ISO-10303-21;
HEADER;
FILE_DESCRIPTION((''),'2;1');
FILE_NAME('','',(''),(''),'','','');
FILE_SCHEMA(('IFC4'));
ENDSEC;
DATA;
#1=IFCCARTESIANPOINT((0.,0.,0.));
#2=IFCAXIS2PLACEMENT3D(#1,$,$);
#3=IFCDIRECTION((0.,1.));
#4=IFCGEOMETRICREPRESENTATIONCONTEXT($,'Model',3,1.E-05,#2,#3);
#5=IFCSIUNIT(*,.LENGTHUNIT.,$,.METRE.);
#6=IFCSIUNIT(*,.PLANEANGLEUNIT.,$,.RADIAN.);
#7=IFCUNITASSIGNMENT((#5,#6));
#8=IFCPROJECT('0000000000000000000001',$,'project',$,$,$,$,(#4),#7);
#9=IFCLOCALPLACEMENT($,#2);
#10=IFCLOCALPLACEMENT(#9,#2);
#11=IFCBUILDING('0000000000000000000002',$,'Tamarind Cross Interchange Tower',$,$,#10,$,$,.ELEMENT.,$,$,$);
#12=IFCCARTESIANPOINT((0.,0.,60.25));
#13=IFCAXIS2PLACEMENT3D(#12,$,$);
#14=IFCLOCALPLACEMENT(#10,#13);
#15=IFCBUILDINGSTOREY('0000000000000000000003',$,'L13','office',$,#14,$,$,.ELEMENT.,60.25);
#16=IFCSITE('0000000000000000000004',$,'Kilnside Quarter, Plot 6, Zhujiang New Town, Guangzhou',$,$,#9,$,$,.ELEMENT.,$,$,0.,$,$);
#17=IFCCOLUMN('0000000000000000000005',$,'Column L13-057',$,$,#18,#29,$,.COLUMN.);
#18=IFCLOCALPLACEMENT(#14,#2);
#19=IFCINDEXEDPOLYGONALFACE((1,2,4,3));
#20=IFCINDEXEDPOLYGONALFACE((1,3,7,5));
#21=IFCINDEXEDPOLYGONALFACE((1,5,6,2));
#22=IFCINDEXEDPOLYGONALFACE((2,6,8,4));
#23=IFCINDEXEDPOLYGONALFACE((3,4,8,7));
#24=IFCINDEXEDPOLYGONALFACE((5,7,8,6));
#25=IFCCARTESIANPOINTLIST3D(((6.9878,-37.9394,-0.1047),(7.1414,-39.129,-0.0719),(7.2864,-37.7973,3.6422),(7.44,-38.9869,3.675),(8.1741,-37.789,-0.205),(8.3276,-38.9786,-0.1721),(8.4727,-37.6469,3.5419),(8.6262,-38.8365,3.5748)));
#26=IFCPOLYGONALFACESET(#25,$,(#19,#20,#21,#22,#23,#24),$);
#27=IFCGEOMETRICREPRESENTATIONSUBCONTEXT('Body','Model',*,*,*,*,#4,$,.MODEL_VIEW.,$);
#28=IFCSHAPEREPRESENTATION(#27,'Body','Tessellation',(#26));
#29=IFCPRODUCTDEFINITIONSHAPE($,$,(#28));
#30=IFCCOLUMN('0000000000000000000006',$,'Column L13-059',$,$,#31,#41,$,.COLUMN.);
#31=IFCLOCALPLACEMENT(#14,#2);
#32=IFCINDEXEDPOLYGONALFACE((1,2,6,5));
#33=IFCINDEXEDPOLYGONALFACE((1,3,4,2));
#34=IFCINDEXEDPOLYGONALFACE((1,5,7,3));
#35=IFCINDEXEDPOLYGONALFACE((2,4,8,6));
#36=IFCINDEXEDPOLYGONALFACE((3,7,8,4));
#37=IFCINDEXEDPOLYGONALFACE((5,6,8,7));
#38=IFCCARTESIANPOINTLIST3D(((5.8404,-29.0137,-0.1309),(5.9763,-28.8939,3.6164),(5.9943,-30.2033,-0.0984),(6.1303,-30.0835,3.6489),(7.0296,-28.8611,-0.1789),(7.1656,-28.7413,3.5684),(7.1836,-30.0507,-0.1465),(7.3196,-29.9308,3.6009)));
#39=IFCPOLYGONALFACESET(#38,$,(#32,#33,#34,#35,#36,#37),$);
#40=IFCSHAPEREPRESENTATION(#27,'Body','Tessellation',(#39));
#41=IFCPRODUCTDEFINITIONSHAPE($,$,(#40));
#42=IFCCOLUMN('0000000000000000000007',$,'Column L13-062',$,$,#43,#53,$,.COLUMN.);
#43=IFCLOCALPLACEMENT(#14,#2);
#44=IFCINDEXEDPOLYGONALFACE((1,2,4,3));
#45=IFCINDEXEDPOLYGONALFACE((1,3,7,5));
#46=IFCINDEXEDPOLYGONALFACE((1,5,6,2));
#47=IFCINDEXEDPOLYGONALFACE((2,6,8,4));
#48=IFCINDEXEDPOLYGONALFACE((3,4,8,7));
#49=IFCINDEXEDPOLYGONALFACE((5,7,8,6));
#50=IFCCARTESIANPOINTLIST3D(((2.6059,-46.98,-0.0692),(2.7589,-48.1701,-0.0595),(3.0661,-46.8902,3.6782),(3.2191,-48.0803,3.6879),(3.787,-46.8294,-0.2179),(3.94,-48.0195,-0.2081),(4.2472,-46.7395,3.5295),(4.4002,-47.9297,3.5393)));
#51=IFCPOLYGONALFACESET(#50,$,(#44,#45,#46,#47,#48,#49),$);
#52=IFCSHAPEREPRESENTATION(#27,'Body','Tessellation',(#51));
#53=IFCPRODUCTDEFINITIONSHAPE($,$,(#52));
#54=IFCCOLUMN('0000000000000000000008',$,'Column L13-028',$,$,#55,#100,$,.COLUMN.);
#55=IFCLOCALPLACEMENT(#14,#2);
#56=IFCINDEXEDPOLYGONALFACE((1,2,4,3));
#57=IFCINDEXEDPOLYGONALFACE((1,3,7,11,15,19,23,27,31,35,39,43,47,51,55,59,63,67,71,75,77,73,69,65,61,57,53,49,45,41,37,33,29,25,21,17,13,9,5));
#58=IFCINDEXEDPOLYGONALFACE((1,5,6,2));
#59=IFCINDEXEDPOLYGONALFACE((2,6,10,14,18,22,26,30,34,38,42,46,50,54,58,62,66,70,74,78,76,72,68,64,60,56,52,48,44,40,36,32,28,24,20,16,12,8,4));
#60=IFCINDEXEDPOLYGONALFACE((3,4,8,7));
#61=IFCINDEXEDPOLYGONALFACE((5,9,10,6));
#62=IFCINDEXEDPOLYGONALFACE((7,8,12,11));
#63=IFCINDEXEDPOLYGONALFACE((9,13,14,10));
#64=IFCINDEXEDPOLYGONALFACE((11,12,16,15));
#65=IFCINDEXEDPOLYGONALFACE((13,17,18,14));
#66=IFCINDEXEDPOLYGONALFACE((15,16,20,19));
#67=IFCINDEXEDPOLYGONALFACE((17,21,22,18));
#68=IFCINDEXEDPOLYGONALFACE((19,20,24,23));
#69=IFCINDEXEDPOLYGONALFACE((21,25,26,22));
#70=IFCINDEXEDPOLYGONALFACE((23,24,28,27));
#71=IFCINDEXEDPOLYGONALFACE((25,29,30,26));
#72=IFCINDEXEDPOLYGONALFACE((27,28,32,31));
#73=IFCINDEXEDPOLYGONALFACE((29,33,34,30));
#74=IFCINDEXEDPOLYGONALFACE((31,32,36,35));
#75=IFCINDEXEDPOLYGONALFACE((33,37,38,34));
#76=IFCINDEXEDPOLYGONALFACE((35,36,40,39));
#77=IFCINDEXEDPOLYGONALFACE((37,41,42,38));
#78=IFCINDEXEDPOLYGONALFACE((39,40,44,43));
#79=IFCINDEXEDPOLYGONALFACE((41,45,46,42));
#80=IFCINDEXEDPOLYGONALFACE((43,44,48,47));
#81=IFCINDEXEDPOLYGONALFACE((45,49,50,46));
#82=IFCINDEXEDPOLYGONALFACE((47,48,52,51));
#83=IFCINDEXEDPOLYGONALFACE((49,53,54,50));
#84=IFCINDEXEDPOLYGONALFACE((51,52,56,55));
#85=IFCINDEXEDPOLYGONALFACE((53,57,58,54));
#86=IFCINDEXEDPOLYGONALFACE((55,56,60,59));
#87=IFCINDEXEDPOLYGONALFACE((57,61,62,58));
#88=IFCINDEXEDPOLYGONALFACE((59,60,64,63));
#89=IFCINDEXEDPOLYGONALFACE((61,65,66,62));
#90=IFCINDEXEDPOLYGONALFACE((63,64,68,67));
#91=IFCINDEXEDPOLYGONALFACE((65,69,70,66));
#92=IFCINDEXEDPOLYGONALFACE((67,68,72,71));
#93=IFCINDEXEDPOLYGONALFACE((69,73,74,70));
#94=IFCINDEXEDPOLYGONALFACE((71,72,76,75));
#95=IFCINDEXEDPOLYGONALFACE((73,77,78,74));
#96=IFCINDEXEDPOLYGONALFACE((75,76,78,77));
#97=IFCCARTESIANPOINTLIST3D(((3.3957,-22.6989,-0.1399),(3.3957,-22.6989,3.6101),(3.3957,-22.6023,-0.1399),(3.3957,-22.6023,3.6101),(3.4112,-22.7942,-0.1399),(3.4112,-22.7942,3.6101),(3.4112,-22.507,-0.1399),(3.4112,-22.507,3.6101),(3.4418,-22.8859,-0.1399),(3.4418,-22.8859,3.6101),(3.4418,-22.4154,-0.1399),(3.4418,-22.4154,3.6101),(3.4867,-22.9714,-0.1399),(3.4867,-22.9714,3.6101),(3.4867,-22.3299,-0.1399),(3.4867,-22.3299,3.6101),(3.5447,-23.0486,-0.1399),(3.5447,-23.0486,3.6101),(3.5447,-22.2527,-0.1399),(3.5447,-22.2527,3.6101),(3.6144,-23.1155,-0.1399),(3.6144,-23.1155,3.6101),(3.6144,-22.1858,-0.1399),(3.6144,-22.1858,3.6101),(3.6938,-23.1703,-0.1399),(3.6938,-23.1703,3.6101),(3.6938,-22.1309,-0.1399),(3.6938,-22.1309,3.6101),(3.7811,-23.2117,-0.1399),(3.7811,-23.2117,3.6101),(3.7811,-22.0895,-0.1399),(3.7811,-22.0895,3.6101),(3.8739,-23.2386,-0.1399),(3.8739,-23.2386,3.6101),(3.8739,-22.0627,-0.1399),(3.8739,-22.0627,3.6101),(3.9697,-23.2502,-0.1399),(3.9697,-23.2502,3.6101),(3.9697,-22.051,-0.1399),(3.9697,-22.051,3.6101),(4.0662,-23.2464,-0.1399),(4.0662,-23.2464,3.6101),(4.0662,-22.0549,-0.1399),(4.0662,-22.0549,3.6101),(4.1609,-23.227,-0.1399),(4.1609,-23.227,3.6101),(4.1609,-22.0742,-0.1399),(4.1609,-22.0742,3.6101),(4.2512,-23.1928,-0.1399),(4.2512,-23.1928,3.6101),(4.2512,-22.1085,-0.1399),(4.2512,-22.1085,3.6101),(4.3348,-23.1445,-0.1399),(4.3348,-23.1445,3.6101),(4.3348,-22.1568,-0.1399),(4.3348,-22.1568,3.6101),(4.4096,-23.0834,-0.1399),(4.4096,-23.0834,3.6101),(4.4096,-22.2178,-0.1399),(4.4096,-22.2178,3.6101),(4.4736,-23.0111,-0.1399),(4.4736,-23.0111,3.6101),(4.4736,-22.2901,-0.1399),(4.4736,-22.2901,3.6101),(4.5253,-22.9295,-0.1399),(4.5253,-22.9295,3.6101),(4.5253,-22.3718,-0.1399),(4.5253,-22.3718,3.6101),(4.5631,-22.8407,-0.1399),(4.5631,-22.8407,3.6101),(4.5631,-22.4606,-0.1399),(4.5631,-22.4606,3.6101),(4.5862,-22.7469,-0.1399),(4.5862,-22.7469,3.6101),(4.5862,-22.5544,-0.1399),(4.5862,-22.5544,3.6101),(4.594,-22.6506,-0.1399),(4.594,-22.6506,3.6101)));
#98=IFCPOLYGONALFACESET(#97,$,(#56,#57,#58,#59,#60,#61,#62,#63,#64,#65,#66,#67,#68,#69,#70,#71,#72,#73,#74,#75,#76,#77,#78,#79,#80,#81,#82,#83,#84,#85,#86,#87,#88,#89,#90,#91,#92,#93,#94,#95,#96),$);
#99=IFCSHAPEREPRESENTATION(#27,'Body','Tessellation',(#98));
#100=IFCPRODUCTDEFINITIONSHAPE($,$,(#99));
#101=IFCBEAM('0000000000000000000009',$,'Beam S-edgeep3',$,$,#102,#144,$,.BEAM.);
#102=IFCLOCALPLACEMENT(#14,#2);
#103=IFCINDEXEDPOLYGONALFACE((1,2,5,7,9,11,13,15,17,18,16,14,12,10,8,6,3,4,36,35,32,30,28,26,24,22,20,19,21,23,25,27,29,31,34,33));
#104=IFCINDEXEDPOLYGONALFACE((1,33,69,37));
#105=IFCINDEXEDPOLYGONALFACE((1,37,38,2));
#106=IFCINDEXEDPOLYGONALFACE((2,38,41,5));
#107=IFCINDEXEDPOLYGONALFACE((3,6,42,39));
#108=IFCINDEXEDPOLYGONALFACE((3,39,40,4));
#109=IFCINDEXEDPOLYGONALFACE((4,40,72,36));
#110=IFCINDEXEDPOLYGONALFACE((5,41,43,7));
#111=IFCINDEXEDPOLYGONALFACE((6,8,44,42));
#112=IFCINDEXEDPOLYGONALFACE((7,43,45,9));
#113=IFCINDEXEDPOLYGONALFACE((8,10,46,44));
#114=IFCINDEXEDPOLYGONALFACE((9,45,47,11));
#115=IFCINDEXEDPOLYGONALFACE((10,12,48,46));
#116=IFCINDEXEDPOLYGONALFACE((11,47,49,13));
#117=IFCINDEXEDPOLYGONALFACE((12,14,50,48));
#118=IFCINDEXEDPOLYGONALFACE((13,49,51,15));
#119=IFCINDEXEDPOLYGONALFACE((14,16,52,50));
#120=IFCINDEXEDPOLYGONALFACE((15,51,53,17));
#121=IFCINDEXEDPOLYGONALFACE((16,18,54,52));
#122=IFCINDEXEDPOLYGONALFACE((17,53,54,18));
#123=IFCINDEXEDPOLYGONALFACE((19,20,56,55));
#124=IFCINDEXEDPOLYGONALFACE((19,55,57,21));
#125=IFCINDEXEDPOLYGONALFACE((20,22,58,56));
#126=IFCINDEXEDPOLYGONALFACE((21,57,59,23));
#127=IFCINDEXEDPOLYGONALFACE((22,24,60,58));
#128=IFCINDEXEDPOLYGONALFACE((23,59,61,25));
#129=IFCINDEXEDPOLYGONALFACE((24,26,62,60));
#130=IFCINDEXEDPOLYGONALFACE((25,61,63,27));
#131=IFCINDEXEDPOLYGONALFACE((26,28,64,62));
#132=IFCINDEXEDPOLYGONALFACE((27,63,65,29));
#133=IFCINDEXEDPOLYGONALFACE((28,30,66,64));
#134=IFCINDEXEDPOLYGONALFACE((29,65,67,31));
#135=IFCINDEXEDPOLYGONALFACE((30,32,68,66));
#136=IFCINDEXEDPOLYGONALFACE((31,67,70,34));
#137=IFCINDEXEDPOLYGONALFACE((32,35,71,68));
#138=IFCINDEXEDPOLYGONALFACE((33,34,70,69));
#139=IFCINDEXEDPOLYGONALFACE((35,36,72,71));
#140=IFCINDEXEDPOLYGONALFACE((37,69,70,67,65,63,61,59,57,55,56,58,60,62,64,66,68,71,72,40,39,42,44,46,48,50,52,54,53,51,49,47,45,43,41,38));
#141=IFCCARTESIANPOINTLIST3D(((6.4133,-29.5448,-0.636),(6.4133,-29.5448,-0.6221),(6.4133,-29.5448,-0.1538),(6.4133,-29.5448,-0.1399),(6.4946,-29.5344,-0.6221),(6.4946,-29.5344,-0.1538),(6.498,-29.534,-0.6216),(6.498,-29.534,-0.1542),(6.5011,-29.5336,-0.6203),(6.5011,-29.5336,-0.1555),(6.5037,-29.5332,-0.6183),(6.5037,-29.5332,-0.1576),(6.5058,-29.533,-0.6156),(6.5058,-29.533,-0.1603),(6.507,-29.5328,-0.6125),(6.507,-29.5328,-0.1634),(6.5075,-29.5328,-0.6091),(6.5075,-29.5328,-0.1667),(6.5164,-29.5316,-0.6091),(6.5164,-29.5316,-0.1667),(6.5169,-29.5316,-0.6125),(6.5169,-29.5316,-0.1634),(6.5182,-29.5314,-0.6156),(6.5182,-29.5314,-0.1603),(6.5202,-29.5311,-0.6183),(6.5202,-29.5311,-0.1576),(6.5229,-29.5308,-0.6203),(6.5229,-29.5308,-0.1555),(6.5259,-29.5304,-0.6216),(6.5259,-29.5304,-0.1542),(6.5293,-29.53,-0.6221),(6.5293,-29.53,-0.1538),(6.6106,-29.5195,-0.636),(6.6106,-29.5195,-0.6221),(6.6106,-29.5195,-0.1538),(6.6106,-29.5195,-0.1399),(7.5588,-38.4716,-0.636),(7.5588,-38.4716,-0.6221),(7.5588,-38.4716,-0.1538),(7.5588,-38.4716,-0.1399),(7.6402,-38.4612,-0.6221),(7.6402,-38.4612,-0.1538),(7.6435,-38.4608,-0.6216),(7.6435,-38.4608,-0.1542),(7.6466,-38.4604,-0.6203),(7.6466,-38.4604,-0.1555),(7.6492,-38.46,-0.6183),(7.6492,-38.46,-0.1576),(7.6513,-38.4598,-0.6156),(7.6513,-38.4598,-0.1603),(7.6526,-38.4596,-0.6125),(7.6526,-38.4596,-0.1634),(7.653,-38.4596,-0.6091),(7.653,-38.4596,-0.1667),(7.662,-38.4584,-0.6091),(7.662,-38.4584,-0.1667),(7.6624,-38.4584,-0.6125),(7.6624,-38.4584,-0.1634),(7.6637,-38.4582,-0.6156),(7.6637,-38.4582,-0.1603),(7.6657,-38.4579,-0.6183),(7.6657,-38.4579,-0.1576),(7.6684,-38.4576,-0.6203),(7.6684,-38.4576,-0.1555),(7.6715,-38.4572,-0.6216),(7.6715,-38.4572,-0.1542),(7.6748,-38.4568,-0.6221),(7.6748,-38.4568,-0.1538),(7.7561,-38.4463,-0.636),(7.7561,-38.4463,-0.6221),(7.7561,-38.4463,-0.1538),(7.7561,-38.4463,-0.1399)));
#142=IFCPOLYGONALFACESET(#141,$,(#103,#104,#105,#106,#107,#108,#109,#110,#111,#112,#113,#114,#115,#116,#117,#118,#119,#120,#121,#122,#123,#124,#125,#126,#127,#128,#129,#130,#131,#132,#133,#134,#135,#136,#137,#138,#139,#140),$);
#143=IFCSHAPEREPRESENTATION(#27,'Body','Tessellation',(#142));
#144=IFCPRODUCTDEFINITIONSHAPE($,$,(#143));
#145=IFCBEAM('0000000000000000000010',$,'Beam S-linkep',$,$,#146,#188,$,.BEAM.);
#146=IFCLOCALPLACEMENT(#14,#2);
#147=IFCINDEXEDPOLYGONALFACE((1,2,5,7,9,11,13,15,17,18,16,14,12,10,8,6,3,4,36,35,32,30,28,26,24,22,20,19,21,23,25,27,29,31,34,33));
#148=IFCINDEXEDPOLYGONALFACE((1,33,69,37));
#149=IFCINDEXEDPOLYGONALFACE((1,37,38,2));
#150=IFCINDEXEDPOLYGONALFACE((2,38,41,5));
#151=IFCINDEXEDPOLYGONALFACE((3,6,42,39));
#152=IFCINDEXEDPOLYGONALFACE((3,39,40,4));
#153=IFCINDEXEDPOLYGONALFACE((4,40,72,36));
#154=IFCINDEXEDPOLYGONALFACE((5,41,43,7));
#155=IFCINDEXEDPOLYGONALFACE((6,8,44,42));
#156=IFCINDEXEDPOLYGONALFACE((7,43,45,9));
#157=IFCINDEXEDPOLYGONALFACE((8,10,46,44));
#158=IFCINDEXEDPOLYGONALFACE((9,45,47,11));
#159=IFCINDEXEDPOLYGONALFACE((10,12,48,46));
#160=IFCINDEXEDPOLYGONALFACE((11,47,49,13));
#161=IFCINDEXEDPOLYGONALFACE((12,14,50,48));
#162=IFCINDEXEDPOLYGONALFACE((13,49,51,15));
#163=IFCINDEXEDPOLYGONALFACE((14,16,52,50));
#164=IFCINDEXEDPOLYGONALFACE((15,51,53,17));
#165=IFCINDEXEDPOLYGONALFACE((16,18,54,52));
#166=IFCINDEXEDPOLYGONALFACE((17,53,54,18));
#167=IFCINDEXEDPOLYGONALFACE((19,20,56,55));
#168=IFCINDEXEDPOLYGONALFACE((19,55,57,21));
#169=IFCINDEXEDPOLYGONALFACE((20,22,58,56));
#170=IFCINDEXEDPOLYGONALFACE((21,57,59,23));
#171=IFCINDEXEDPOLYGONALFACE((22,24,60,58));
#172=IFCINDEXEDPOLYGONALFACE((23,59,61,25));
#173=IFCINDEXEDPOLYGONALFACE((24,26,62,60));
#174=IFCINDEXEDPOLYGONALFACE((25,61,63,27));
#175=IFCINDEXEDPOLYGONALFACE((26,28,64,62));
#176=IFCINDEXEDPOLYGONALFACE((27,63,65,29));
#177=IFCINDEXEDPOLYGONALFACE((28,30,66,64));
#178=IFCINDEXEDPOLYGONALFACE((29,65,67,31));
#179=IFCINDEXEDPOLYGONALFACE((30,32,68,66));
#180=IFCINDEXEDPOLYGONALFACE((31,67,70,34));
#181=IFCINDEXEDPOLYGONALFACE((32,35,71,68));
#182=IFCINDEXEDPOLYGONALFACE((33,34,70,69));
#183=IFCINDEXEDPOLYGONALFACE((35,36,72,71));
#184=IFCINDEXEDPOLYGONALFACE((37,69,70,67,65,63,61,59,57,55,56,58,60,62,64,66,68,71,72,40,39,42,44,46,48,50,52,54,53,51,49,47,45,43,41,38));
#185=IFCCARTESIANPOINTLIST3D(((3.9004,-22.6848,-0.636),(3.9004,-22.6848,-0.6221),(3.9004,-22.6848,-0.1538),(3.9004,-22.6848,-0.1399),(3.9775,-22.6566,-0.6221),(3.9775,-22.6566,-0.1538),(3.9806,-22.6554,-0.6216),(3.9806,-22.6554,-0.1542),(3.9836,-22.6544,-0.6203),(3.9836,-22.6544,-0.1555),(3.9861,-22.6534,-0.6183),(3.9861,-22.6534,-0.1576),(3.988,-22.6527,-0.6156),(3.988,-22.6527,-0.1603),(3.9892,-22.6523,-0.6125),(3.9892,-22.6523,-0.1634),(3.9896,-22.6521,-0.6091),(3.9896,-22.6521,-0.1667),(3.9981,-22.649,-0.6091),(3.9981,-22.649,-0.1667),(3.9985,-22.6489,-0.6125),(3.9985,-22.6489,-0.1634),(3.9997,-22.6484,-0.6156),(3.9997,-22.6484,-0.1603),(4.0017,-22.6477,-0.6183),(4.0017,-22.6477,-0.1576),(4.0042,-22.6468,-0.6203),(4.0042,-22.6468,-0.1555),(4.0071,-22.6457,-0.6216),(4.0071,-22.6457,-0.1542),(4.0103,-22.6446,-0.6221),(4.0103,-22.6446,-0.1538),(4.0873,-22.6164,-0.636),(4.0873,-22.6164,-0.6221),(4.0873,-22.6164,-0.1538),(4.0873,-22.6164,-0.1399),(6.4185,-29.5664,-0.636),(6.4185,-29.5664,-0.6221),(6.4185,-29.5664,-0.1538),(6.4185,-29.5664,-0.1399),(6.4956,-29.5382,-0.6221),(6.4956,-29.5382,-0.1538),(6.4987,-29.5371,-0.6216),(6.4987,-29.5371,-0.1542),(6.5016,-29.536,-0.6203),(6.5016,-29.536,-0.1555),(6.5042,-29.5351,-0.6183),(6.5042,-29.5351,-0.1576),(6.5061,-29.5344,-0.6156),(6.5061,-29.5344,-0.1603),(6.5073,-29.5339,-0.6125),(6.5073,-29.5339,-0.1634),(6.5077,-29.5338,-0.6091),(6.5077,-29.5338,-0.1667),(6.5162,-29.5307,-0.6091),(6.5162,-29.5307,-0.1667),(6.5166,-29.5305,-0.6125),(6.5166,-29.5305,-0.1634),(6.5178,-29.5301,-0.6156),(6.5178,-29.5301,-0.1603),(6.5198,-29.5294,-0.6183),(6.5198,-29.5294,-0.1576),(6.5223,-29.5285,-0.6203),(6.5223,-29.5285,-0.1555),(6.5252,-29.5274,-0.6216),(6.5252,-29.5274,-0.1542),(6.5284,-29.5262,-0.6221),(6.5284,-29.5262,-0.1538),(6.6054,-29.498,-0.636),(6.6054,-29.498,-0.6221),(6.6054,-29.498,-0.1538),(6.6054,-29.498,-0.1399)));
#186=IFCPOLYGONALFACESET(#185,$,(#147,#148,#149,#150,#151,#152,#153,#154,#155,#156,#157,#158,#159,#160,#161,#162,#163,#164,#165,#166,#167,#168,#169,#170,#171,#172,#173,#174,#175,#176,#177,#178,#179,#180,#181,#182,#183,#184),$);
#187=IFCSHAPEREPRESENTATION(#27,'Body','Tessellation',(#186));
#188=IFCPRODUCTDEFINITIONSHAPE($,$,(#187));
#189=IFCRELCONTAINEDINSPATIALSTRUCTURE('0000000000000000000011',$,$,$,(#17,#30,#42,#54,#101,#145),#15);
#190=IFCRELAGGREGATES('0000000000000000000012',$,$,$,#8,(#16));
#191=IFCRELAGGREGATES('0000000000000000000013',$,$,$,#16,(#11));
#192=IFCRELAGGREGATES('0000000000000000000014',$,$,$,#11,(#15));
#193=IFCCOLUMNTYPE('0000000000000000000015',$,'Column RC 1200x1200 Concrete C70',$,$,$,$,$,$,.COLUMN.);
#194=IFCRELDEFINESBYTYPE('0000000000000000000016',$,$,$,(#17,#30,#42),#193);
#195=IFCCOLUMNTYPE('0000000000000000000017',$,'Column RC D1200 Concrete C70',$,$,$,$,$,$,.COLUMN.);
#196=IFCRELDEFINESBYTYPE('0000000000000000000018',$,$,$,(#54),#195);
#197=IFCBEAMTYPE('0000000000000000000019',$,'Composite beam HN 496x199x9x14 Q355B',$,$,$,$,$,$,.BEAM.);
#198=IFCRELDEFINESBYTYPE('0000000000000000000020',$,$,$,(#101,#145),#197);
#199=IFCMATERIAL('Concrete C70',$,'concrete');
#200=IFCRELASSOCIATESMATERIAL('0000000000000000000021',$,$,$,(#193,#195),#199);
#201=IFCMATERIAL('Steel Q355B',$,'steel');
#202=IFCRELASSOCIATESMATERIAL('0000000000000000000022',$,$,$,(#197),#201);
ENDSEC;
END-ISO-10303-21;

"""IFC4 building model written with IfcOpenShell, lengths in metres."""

from ifc_helpers import new_model, si_unit, direction, frame, origin, origin_2d, place, context, subcontext, project, spatial, rectangle, circle, i_section, extrude, material, material_profile, profile_set, type_object, element, save


model = new_model("IFC4")

# Units and contexts
model_context = context("Model", 3, precision=1e-05, world=origin(), true_north=direction((0.0, 1.0)))
body_context = subcontext(model_context, "Body", "Model", "MODEL_VIEW")
ifc_project = project(units=[si_unit("LENGTHUNIT", "METRE"), si_unit("PLANEANGLEUNIT", "RADIAN")], contexts=[model_context])

# Site, building, storey
site_placement = place(None, origin())
site = spatial("IfcSite", under=ifc_project, at=site_placement, Name="Kilnside Quarter, Plot 6, Zhujiang New Town, Guangzhou", CompositionType="ELEMENT", RefElevation=0.0)
building_placement = place(site_placement, origin())
building = spatial("IfcBuilding", under=site, at=building_placement, Name="Tamarind Cross Interchange Tower", CompositionType="ELEMENT")
storey_placement = place(building_placement, frame((0.0, 0.0, 60.25)))
storey = spatial("IfcBuildingStorey", under=building, at=storey_placement, Name="L13", Description="office", CompositionType="ELEMENT", Elevation=60.25)

# Columns
ifc_material_1 = material(Name="Concrete C70", Category="concrete")
ifc_material_profile_1 = material_profile(ifc_material_1, rectangle(XDim=1.2, YDim=1.2, at=origin_2d()), Name="RC 1200x1200")
ifc_profile_set_1 = profile_set([ifc_material_profile_1], Name="Concrete C70")
column_type_1 = type_object("IfcColumnType", Name="Column RC 1200x1200 Concrete C70", PredefinedType="COLUMN", material=ifc_profile_set_1)
column_1_placement = place(storey_placement, frame((7.6577, -38.459, -0.1384), z_axis=(0.079381, 0.037776, 0.996128), x_axis=(-0.988595, -0.12531, 0.083533)))
element("IfcColumn", 1, at=column_1_placement, inside=storey, type_object=column_type_1, Name="Column L13-057", PredefinedType="COLUMN", context=body_context, shape_type="SweptSolid", body=[
    extrude(rectangle(XDim=1.2, YDim=1.2, at=origin_2d()), origin(), (0.0, 0.0, 1.0), 3.7615),
])
column_2_placement = place(storey_placement, frame((6.512, -29.5322, -0.1387), z_axis=(0.036247, 0.031952, 0.998832), x_axis=(-0.991072, -0.127179, 0.040033)))
element("IfcColumn", 2, at=column_2_placement, inside=storey, type_object=column_type_1, Name="Column L13-059", PredefinedType="COLUMN", context=body_context, shape_type="SweptSolid", body=[
    extrude(rectangle(XDim=1.2, YDim=1.2, at=origin_2d()), origin(), (0.0, 0.0, 1.0), 3.7517),
])
column_3_placement = place(storey_placement, frame((3.2729, -47.4998, -0.1387), z_axis=(0.121859, 0.02379, 0.992262), x_axis=(-0.984324, -0.125528, 0.123894)))
element("IfcColumn", 3, at=column_3_placement, inside=storey, type_object=column_type_1, Name="Column L13-062", PredefinedType="COLUMN", context=body_context, shape_type="SweptSolid", body=[
    extrude(rectangle(XDim=1.2, YDim=1.2, at=origin_2d()), origin(), (0.0, 0.0, 1.0), 3.7766),
])
ifc_material_profile_2 = material_profile(ifc_material_1, circle(Radius=0.6001, at=origin_2d()), Name="RC D1200")
ifc_profile_set_2 = profile_set([ifc_material_profile_2], Name="Concrete C70")
column_type_2 = type_object("IfcColumnType", Name="Column RC D1200 Concrete C70", PredefinedType="COLUMN", material=ifc_profile_set_2)
column_4_placement = place(storey_placement, frame((3.9939, -22.6506, -0.1399), z_axis=(0.0, 0.0, 1.0), x_axis=(1.0, 0.0, 0.0)))
element("IfcColumn", 4, at=column_4_placement, inside=storey, type_object=column_type_2, Name="Column L13-028", PredefinedType="COLUMN", context=body_context, shape_type="SweptSolid", body=[
    extrude(circle(Radius=0.6001, at=origin_2d()), origin(), (0.0, 0.0, 1.0), 3.75),
])

# Beams
ifc_material_2 = material(Name="Steel Q355B", Category="steel")
ifc_material_profile_3 = material_profile(ifc_material_2, i_section(OverallWidth=0.199, OverallDepth=0.4961, WebThickness=0.009, FlangeThickness=0.0139, FilletRadius=0.0129, at=origin_2d()), Name="HN 496x199x9x14")
ifc_profile_set_3 = profile_set([ifc_material_profile_3], Name="Steel Q355B")
beam_type_1 = type_object("IfcBeamType", Name="Composite beam HN 496x199x9x14 Q355B", PredefinedType="BEAM", material=ifc_profile_set_3)
beam_1_placement = place(storey_placement, frame((7.6575, -38.459, -0.3879), z_axis=(-0.127279, 0.991867, 0.0), x_axis=(-0.991867, -0.127279, 0.0)))
element("IfcBeam", 5, at=beam_1_placement, inside=storey, type_object=beam_type_1, Name="Beam S-edgeep3", PredefinedType="BEAM", context=body_context, shape_type="SweptSolid", body=[
    extrude(i_section(OverallWidth=0.199, OverallDepth=0.4961, WebThickness=0.009, FlangeThickness=0.0139, FilletRadius=0.0129, at=origin_2d()), origin(), (0.0, 0.0, 1.0), 9.0),
])
beam_2_placement = place(storey_placement, frame((6.512, -29.5322, -0.3879), z_axis=(-0.343631, 0.939105, 0.0), x_axis=(-0.939105, -0.343631, 0.0)))
element("IfcBeam", 6, at=beam_2_placement, inside=storey, type_object=beam_type_1, Name="Beam S-linkep", PredefinedType="BEAM", context=body_context, shape_type="SweptSolid", body=[
    extrude(i_section(OverallWidth=0.199, OverallDepth=0.4961, WebThickness=0.009, FlangeThickness=0.0139, FilletRadius=0.0129, at=origin_2d()), origin(), (0.0, 0.0, 1.0), 7.3279),
])

save(model, "model.ifc")
